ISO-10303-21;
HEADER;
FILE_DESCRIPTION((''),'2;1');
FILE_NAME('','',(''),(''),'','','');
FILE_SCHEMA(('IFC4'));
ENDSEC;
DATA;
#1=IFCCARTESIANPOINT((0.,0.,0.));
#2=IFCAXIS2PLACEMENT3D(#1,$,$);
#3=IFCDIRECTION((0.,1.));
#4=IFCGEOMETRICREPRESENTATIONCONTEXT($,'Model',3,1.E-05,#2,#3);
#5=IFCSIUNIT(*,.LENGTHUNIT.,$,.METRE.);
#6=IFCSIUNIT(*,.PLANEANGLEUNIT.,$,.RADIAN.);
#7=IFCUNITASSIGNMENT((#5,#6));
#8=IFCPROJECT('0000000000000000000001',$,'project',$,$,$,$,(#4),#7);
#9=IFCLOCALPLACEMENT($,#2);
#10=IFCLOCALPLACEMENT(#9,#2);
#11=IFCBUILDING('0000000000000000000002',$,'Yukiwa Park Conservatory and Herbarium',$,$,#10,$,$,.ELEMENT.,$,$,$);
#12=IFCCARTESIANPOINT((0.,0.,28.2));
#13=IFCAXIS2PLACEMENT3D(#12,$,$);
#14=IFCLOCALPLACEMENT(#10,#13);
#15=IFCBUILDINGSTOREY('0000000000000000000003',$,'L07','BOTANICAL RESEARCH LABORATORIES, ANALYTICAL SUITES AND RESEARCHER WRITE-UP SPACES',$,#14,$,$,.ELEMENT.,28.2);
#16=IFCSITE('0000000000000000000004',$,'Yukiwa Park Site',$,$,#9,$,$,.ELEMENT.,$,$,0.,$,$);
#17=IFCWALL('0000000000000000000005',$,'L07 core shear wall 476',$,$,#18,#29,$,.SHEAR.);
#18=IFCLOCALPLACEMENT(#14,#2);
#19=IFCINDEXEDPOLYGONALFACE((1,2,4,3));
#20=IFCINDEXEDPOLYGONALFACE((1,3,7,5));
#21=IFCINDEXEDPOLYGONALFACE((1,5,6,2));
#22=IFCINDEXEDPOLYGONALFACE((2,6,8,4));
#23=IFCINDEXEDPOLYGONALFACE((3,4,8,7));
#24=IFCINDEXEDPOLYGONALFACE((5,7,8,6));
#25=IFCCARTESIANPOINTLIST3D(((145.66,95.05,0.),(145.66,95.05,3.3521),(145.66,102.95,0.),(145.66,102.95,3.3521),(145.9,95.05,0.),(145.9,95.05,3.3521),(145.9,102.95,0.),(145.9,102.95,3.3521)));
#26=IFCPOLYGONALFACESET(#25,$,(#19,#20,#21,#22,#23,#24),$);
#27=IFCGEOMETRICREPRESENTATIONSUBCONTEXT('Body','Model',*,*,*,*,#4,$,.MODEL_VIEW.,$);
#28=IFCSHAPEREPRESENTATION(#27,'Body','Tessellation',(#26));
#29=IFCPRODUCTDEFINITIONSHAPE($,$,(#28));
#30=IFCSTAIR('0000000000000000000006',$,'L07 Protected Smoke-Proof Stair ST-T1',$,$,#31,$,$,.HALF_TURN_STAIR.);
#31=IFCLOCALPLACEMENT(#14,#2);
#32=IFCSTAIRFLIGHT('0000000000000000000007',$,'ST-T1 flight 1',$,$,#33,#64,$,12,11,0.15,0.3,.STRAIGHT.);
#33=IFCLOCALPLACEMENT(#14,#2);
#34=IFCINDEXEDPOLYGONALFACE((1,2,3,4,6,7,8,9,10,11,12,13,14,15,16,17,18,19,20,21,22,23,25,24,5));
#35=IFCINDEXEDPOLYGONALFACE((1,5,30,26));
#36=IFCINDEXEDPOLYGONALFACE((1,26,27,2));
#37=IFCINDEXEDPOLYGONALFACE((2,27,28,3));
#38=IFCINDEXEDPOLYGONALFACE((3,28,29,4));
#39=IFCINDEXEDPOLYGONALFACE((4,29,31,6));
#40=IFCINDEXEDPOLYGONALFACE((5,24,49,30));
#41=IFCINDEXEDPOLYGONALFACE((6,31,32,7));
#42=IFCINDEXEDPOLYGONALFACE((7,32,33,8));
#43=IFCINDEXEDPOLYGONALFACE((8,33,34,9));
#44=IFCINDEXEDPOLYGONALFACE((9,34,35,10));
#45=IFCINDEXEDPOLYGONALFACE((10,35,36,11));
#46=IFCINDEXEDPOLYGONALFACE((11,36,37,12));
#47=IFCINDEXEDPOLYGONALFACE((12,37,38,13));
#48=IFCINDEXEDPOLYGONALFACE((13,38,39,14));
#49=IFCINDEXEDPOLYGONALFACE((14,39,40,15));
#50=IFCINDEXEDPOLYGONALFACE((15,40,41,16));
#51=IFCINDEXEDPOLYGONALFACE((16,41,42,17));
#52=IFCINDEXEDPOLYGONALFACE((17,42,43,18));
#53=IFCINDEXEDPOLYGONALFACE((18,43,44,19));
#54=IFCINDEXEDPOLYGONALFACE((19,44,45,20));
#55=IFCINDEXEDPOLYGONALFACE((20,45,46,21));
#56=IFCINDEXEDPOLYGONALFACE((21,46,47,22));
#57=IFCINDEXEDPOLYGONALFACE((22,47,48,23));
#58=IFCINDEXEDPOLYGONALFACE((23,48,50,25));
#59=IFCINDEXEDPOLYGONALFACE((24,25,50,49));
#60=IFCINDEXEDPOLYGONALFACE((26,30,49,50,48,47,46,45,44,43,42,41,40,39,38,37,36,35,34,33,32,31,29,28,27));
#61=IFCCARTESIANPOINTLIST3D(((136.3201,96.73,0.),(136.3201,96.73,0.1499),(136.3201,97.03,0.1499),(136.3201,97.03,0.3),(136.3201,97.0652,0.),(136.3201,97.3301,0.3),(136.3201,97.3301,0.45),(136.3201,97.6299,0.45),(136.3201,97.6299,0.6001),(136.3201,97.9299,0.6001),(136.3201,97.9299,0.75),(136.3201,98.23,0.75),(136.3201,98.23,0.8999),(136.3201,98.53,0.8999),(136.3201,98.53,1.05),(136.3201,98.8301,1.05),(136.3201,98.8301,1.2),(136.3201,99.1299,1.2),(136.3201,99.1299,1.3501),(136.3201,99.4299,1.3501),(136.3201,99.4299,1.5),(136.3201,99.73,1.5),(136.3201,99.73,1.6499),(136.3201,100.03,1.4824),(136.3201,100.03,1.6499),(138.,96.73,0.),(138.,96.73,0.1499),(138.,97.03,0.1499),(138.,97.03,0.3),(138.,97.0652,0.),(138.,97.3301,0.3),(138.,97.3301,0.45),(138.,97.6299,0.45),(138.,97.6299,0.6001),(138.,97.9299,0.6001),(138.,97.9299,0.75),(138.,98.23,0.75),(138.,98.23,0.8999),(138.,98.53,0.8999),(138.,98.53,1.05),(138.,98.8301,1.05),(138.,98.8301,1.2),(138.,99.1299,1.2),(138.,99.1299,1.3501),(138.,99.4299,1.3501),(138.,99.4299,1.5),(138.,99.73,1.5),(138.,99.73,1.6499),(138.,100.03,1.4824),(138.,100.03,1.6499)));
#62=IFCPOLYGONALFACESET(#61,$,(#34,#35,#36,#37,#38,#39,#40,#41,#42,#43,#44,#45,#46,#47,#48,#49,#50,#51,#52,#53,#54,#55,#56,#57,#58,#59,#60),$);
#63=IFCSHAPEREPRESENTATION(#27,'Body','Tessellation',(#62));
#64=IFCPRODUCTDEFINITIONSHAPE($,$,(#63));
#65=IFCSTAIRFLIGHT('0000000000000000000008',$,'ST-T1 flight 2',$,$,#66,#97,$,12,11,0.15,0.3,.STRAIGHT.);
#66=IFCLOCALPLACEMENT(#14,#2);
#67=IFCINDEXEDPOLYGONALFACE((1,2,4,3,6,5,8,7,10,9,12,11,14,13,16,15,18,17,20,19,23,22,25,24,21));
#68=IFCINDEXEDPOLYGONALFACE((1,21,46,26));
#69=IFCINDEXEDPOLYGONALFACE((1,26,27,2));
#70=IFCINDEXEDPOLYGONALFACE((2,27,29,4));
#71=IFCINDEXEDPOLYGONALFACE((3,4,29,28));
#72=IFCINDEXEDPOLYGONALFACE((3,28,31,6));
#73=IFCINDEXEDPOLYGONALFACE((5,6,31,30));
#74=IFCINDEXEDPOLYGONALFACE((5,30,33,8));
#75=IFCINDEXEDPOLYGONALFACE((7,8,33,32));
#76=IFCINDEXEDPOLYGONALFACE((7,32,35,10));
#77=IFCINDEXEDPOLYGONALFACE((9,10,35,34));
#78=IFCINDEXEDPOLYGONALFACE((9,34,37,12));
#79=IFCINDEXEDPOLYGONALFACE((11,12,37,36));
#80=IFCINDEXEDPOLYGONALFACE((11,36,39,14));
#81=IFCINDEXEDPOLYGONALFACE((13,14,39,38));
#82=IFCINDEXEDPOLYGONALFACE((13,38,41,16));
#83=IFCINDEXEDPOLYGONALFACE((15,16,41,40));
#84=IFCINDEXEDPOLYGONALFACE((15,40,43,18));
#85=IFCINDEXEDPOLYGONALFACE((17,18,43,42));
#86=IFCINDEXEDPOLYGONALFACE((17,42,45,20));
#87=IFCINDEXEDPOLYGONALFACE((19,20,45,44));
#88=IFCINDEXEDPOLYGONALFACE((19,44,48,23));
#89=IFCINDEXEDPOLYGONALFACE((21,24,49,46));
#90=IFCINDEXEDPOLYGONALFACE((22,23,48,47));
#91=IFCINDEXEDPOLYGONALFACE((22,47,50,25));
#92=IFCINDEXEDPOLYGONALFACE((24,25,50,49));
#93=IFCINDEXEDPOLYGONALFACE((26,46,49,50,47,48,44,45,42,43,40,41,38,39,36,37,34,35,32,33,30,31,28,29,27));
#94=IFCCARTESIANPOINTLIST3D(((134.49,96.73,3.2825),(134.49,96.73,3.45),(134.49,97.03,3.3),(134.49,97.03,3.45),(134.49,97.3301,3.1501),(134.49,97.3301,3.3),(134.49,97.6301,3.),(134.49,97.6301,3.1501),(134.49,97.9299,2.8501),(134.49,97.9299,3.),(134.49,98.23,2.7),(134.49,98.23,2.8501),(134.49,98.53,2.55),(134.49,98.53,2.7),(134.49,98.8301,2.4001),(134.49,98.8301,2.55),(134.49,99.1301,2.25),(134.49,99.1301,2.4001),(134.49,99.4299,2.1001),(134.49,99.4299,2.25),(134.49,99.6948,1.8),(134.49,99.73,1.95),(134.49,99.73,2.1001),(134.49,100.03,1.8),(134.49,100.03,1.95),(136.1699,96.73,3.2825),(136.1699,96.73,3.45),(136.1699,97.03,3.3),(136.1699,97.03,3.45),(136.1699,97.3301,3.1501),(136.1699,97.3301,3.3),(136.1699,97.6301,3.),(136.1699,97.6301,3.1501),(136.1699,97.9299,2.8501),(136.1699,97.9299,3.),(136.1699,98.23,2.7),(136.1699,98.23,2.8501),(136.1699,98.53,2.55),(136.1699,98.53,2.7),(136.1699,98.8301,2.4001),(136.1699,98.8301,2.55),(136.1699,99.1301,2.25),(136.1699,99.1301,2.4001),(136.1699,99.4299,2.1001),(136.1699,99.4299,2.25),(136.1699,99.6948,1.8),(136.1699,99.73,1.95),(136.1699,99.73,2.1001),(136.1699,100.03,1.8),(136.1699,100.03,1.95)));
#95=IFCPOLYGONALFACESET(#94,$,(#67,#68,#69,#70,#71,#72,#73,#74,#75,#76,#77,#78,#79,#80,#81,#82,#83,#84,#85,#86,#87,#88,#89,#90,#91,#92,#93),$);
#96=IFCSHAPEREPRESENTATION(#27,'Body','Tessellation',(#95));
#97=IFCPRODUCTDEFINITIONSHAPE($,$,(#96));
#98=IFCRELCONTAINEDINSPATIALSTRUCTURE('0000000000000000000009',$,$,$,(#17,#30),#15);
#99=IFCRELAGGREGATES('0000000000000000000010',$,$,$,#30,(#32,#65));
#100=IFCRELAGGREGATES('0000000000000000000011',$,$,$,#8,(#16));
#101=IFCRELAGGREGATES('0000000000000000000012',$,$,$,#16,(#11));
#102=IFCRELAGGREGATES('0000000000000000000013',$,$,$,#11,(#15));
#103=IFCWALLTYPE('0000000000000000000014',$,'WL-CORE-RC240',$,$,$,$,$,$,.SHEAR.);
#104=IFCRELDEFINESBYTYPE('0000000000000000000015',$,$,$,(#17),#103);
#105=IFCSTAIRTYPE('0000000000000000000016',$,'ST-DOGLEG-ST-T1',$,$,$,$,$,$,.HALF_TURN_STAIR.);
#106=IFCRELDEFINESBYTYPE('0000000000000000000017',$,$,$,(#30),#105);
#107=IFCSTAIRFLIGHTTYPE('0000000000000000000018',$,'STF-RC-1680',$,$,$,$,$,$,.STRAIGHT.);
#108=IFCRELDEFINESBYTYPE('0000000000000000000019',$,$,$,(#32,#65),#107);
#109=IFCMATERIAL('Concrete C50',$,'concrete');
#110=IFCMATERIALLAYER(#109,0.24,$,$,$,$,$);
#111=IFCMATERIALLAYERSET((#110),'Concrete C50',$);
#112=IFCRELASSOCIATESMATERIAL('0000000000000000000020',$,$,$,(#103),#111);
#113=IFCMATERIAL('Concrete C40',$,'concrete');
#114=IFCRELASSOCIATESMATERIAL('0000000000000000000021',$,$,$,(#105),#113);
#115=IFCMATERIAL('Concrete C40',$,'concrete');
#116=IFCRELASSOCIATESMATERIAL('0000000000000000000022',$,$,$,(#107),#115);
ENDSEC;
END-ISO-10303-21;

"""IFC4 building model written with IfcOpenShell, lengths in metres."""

from ifc_helpers import new_model, si_unit, direction, frame, frame_2d, origin, place, context, subcontext, project, spatial, polyline, rectangle, outline, extrude, material, layer, layer_set, type_object, element, aggregate, save


model = new_model("IFC4")

# Units and contexts
model_context = context("Model", 3, precision=1e-05, world=origin(), true_north=direction((0.0, 1.0)))
body_context = subcontext(model_context, "Body", "Model", "MODEL_VIEW")
ifc_project = project(units=[si_unit("LENGTHUNIT", "METRE"), si_unit("PLANEANGLEUNIT", "RADIAN")], contexts=[model_context])

# Site, building, storey
site_placement = place(None, origin())
site = spatial("IfcSite", under=ifc_project, at=site_placement, Name="Yukiwa Park Site", CompositionType="ELEMENT", RefElevation=0.0)
building_placement = place(site_placement, origin())
building = spatial("IfcBuilding", under=site, at=building_placement, Name="Yukiwa Park Conservatory and Herbarium", CompositionType="ELEMENT")
storey_placement = place(building_placement, frame((0.0, 0.0, 28.2)))
storey = spatial("IfcBuildingStorey", under=building, at=storey_placement, Name="L07", Description="BOTANICAL RESEARCH LABORATORIES, ANALYTICAL SUITES AND RESEARCHER WRITE-UP SPACES", CompositionType="ELEMENT", Elevation=28.2)

# Shared definitions
ifc_material_1 = material(Name="Concrete C50", Category="concrete")
ifc_layer_1 = layer(ifc_material_1, 0.24)
ifc_layer_set_1 = layer_set([ifc_layer_1], Name="Concrete C50")
wall_type_1 = type_object("IfcWallType", Name="WL-CORE-RC240", PredefinedType="SHEAR", material=ifc_layer_set_1)

# Wall
for number, where, z_axis, x_axis, name in (
    (1, (145.78, 95.05, 0.0), (0.0, 0.0, 1.0), (0.0, 1.0, 0.0), "L07 core shear wall 476"),
):
    element("IfcWall", number, at=place(storey_placement, frame(where, z_axis=z_axis, x_axis=x_axis)), inside=storey, type_object=wall_type_1, Name=name, PredefinedType="SHEAR", context=body_context, shape_type="SweptSolid", body=[
        extrude(rectangle(XDim=7.8999, YDim=0.24, at=frame_2d((3.95, 0.0))), origin(), (0.0, 0.0, 1.0), 3.3521),
    ])

# Stair, stair flights
ifc_material_2 = material(Name="Concrete C40", Category="concrete")
stair_type = type_object("IfcStairType", Name="ST-DOGLEG-ST-T1", PredefinedType="HALF_TURN_STAIR", material=ifc_material_2)
stair_placement = place(storey_placement, origin())
stair = element("IfcStair", 2, at=stair_placement, inside=storey, type_object=stair_type, Name="L07 Protected Smoke-Proof Stair ST-T1", PredefinedType="HALF_TURN_STAIR")
ifc_material_3 = material(Name="Concrete C40", Category="concrete")
stair_flight_type = type_object("IfcStairFlightType", Name="STF-RC-1680", PredefinedType="STRAIGHT", material=ifc_material_3)
stair_flight_1_placement = place(storey_placement, frame((137.1599, 96.73, 0.0), z_axis=(0.0, 0.0, 1.0), x_axis=(0.0, 1.0, 0.0)))
stair_flight_1 = element("IfcStairFlight", 3, at=stair_flight_1_placement, type_object=stair_flight_type, Name="ST-T1 flight 1", NumberOfRisers=12, NumberOfTreads=11, PredefinedType="STRAIGHT", RiserHeight=0.15, TreadLength=0.3, context=body_context, shape_type="SweptSolid", body=[
    extrude(outline(polyline([(0.0, 0.0), (0.0, 0.1499), (0.3, 0.1499), (0.3, 0.3), (0.6001, 0.3), (0.6001, 0.45), (0.8999, 0.45), (0.8999, 0.6001), (1.2, 0.6001), (1.2, 0.75), (1.5, 0.75), (1.5, 0.8999), (1.8, 0.8999), (1.8, 1.05), (2.1001, 1.05), (2.1001, 1.2), (2.3999, 1.2), (2.3999, 1.3501), (2.7, 1.3501), (2.7, 1.5), (3.0, 1.5), (3.0, 1.6499), (3.3, 1.6499), (3.3, 1.8), (3.3, 1.4824), (0.3352, 0.0), (0.0, 0.0)])), frame((0.0, 0.8398, 0.0), z_axis=(0.0, -1.0, 0.0), x_axis=(1.0, 0.0, 0.0)), (0.0, 0.0, 1.0), 1.6799),
])
stair_flight_2_placement = place(storey_placement, frame((135.3301, 100.03, 1.8), z_axis=(0.0, 0.0, 1.0), x_axis=(0.0, -1.0, 0.0)))
stair_flight_2 = element("IfcStairFlight", 4, at=stair_flight_2_placement, type_object=stair_flight_type, Name="ST-T1 flight 2", NumberOfRisers=12, NumberOfTreads=11, PredefinedType="STRAIGHT", RiserHeight=0.15, TreadLength=0.3, context=body_context, shape_type="SweptSolid", body=[
    extrude(outline(polyline([(0.0, 0.0), (0.0, 0.1499), (0.3, 0.1499), (0.3, 0.3), (0.6001, 0.3), (0.6001, 0.45), (0.8999, 0.45), (0.8999, 0.6001), (1.2, 0.6001), (1.2, 0.75), (1.5, 0.75), (1.5, 0.8999), (1.8, 0.8999), (1.8, 1.05), (2.1001, 1.05), (2.1001, 1.2), (2.3999, 1.2), (2.3999, 1.3501), (2.7, 1.3501), (2.7, 1.5), (3.0, 1.5), (3.0, 1.6499), (3.3, 1.6499), (3.3, 1.8), (3.3, 1.4824), (0.3352, 0.0), (0.0, 0.0)])), frame((0.0, 0.8398, 0.0), z_axis=(0.0, -1.0, 0.0), x_axis=(1.0, 0.0, 0.0)), (0.0, 0.0, 1.0), 1.6799),
])
aggregate(stair, [stair_flight_1, stair_flight_2])

save(model, "model.ifc")
